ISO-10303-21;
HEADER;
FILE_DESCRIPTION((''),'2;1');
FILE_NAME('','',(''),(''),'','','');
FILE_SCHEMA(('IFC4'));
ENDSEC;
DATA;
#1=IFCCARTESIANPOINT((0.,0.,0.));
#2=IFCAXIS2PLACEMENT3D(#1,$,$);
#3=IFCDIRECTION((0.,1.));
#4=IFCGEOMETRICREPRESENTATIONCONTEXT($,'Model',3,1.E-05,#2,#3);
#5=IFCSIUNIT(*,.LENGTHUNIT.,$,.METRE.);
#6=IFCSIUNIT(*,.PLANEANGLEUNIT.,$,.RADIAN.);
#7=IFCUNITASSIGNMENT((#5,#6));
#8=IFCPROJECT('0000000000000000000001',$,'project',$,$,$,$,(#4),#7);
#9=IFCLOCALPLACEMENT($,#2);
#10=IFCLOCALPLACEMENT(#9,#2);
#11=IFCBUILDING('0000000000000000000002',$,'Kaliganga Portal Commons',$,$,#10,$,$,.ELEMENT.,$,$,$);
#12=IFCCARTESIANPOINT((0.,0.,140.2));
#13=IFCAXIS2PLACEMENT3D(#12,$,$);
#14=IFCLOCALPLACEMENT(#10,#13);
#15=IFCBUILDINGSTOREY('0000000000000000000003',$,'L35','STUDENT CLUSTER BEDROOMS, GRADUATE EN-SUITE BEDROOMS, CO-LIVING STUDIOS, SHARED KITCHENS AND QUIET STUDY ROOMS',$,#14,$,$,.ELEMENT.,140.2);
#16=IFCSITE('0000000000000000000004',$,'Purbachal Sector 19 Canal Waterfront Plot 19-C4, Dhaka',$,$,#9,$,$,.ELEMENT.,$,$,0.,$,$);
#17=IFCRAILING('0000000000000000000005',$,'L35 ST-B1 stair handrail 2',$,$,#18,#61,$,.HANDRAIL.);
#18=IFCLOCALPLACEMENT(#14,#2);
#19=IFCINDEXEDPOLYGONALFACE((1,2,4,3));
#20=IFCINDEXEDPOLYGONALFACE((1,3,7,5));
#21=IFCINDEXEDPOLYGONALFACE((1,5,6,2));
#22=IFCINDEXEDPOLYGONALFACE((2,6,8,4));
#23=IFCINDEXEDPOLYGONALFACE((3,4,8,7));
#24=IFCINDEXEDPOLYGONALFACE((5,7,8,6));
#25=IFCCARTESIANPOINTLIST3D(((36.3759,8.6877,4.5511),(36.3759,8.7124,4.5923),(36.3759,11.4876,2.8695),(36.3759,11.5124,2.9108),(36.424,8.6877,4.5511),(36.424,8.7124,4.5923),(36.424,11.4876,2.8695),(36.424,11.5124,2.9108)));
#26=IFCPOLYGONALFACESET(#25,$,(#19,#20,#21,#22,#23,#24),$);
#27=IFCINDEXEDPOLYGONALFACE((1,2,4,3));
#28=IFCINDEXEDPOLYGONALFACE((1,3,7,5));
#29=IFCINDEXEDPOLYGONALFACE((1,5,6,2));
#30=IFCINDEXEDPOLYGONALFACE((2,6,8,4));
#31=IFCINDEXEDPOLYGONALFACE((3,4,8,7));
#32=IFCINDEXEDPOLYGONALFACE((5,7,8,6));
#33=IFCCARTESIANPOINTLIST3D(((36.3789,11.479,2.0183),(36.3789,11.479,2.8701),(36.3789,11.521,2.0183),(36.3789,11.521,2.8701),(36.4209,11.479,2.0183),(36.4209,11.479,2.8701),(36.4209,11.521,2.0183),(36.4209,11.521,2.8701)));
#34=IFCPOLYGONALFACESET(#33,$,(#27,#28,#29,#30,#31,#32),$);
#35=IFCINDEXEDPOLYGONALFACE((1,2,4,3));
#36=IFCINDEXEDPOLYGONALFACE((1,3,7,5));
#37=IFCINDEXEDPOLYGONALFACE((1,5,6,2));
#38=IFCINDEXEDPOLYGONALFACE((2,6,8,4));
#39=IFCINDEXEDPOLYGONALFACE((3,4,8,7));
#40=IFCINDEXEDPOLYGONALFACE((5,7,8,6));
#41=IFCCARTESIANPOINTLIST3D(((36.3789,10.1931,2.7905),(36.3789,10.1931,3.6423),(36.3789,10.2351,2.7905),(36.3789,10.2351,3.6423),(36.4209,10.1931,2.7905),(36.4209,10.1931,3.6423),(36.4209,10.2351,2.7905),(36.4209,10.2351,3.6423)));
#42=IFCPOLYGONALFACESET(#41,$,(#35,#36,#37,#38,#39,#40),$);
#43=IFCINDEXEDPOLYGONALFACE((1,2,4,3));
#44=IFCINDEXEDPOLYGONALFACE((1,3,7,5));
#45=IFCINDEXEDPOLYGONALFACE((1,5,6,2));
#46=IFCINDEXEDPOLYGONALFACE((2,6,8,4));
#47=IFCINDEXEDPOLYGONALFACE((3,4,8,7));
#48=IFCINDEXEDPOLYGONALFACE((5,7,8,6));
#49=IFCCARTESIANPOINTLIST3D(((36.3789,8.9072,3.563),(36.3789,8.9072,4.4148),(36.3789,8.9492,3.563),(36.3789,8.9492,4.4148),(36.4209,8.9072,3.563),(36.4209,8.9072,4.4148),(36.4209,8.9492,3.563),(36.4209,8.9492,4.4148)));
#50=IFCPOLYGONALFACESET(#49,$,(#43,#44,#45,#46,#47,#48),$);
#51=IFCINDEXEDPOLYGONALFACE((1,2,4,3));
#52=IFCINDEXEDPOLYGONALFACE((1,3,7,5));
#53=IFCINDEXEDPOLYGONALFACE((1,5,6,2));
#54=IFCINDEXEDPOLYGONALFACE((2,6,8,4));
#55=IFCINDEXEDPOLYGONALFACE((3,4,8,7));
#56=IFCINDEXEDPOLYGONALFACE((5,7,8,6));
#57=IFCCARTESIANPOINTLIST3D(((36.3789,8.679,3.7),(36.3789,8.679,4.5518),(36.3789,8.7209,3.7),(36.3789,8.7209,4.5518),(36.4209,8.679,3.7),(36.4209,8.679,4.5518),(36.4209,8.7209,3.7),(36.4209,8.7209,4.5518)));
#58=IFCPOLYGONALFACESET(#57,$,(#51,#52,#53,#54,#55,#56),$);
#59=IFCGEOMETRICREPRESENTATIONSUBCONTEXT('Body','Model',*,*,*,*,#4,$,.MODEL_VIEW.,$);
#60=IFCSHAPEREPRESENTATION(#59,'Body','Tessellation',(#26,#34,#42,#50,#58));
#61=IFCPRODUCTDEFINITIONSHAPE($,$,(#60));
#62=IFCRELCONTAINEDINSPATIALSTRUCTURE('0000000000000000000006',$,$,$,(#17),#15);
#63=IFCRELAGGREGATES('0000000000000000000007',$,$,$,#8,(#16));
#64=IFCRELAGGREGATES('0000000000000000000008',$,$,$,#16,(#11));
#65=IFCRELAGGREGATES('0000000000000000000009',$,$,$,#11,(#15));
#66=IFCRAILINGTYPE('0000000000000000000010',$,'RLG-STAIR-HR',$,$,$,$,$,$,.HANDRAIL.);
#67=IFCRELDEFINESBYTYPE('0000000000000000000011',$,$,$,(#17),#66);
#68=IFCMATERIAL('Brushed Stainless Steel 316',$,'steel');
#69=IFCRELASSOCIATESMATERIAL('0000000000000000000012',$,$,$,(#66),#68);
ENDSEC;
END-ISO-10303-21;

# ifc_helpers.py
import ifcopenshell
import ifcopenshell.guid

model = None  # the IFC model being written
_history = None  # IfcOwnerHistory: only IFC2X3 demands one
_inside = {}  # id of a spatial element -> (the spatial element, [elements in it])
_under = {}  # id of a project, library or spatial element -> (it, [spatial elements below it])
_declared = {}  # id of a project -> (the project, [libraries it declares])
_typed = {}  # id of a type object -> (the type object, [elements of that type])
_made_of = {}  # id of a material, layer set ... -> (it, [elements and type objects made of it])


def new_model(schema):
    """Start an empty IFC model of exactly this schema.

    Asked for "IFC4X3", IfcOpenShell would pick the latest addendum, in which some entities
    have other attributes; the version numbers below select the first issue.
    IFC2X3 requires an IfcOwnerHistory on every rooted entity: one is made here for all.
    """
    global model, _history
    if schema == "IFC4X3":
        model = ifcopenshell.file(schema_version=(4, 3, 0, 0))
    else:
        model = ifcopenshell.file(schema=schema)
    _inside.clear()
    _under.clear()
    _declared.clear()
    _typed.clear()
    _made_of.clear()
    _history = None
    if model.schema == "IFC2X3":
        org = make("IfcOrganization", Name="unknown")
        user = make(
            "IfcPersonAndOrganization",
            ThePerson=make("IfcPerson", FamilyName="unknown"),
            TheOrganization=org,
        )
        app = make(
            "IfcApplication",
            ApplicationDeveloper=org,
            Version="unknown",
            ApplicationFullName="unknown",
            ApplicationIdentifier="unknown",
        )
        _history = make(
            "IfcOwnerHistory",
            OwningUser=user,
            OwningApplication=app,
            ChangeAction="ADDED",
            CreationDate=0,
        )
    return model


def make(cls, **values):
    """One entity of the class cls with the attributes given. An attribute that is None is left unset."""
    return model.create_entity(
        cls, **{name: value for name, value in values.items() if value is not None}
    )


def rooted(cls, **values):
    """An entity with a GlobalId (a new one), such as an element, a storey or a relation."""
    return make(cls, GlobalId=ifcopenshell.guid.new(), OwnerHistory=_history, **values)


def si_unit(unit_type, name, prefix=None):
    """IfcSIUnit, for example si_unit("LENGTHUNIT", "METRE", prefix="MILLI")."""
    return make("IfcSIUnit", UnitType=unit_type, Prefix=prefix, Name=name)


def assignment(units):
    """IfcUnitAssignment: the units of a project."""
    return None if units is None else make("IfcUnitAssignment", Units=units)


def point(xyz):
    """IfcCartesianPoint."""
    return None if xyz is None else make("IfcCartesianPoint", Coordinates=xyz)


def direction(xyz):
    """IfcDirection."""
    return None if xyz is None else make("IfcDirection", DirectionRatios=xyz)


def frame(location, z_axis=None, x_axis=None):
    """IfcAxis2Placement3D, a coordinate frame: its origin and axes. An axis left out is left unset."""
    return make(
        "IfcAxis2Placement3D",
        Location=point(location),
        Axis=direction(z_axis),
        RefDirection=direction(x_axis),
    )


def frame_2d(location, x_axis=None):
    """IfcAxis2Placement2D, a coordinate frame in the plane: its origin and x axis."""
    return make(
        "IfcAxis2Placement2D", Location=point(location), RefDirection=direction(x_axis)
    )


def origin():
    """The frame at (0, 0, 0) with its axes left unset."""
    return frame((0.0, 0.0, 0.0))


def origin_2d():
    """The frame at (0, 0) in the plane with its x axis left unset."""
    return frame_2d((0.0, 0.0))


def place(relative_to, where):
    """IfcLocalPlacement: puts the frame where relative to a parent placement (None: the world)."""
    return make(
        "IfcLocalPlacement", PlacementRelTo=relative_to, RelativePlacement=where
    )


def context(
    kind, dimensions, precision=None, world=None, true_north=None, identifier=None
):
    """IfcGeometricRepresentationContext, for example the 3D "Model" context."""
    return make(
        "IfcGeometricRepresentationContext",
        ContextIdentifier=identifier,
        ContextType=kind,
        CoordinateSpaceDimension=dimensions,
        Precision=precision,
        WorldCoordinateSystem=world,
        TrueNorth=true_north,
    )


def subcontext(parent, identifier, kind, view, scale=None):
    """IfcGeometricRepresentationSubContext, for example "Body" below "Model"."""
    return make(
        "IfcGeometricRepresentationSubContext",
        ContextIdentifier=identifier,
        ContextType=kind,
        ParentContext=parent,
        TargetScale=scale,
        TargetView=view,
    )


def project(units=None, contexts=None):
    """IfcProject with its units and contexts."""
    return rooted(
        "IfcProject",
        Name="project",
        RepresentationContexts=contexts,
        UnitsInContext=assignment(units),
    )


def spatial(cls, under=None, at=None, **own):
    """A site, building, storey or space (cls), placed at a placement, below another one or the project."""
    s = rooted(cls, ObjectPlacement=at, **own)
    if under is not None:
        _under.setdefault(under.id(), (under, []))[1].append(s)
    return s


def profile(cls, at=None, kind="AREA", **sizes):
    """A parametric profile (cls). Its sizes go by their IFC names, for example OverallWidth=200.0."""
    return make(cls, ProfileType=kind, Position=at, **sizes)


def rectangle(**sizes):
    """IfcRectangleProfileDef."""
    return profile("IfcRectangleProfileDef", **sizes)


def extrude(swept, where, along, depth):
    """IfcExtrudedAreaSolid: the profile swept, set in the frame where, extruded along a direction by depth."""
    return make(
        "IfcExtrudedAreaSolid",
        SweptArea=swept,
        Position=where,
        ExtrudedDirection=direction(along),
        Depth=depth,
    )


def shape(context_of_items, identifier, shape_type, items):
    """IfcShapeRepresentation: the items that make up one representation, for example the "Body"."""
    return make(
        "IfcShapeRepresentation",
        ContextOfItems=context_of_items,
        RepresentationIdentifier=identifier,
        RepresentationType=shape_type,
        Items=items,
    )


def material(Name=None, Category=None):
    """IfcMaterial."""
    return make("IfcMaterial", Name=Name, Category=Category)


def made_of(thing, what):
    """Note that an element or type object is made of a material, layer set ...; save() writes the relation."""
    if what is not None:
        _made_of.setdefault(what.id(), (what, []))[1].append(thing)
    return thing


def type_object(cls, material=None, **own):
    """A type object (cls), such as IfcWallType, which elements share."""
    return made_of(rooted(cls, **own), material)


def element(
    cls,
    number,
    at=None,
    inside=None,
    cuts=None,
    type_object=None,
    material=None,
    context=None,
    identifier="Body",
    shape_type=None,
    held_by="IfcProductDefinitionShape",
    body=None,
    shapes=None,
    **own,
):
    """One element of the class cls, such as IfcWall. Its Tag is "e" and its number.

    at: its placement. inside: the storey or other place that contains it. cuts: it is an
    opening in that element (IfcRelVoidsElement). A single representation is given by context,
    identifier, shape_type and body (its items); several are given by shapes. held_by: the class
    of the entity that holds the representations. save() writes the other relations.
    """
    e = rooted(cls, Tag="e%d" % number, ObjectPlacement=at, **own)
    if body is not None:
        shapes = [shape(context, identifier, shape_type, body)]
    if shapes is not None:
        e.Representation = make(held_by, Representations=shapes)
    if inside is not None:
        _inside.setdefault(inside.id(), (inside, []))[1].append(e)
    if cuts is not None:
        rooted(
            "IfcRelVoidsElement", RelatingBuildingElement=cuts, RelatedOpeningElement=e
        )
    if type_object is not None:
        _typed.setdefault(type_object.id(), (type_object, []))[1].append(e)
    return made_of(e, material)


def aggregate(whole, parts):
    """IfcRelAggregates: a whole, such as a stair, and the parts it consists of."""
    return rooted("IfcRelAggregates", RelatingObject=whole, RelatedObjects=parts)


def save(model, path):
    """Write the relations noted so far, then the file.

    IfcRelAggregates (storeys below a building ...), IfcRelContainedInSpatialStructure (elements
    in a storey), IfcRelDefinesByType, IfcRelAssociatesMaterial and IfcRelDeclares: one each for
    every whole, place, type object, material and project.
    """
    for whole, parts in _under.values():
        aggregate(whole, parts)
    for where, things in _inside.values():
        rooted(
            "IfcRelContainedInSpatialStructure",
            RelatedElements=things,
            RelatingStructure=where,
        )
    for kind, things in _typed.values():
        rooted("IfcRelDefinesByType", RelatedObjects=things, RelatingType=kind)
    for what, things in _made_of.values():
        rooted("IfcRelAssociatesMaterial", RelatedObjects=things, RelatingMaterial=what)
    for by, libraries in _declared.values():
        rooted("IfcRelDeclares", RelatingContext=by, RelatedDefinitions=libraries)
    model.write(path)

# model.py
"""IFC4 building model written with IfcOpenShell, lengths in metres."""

from ifc_helpers import new_model, si_unit, direction, frame, origin, origin_2d, place, context, subcontext, project, spatial, rectangle, extrude, material, type_object, element, save


model = new_model("IFC4")

# Units and contexts
model_context = context("Model", 3, precision=1e-05, world=origin(), true_north=direction((0.0, 1.0)))
body_context = subcontext(model_context, "Body", "Model", "MODEL_VIEW")
ifc_project = project(units=[si_unit("LENGTHUNIT", "METRE"), si_unit("PLANEANGLEUNIT", "RADIAN")], contexts=[model_context])

# Site, building, storey
site_placement = place(None, origin())
site = spatial("IfcSite", under=ifc_project, at=site_placement, Name="Purbachal Sector 19 Canal Waterfront Plot 19-C4, Dhaka", CompositionType="ELEMENT", RefElevation=0.0)
building_placement = place(site_placement, origin())
building = spatial("IfcBuilding", under=site, at=building_placement, Name="Kaliganga Portal Commons", CompositionType="ELEMENT")
storey_placement = place(building_placement, frame((0.0, 0.0, 140.2)))
storey = spatial("IfcBuildingStorey", under=building, at=storey_placement, Name="L35", Description="STUDENT CLUSTER BEDROOMS, GRADUATE EN-SUITE BEDROOMS, CO-LIVING STUDIOS, SHARED KITCHENS AND QUIET STUDY ROOMS", CompositionType="ELEMENT", Elevation=140.2)

# Railing
ifc_material_1 = material(Name="Brushed Stainless Steel 316", Category="steel")
railing_type_1 = type_object("IfcRailingType", Name="RLG-STAIR-HR", PredefinedType="HANDRAIL", material=ifc_material_1)
railing_1_placement = place(storey_placement, frame((36.3999, 11.5, 2.0183)))
element("IfcRailing", 1, at=railing_1_placement, inside=storey, type_object=railing_type_1, Name="L35 ST-B1 stair handrail 2", PredefinedType="HANDRAIL", context=body_context, shape_type="SweptSolid", body=[
    extrude(rectangle(XDim=0.0481, YDim=0.0481, at=origin_2d()), frame((0.0, 0.0, 0.8718), z_axis=(0.0, -0.857275, 0.514858), x_axis=(1.0, 0.0, 0.0)), (0.0, 0.0, 1.0), 3.2661),
    extrude(rectangle(XDim=0.042, YDim=0.042, at=origin_2d()), origin(), (0.0, 0.0, 1.0), 0.8518),
    extrude(rectangle(XDim=0.042, YDim=0.042, at=origin_2d()), frame((0.0, -1.2859, 0.7722)), (0.0, 0.0, 1.0), 0.8518),
    extrude(rectangle(XDim=0.042, YDim=0.042, at=origin_2d()), frame((0.0, -2.5718, 1.5447)), (0.0, 0.0, 1.0), 0.8518),
    extrude(rectangle(XDim=0.042, YDim=0.042, at=origin_2d()), frame((0.0, -2.8, 1.6816)), (0.0, 0.0, 1.0), 0.8518),
])

save(model, "model.ifc")
